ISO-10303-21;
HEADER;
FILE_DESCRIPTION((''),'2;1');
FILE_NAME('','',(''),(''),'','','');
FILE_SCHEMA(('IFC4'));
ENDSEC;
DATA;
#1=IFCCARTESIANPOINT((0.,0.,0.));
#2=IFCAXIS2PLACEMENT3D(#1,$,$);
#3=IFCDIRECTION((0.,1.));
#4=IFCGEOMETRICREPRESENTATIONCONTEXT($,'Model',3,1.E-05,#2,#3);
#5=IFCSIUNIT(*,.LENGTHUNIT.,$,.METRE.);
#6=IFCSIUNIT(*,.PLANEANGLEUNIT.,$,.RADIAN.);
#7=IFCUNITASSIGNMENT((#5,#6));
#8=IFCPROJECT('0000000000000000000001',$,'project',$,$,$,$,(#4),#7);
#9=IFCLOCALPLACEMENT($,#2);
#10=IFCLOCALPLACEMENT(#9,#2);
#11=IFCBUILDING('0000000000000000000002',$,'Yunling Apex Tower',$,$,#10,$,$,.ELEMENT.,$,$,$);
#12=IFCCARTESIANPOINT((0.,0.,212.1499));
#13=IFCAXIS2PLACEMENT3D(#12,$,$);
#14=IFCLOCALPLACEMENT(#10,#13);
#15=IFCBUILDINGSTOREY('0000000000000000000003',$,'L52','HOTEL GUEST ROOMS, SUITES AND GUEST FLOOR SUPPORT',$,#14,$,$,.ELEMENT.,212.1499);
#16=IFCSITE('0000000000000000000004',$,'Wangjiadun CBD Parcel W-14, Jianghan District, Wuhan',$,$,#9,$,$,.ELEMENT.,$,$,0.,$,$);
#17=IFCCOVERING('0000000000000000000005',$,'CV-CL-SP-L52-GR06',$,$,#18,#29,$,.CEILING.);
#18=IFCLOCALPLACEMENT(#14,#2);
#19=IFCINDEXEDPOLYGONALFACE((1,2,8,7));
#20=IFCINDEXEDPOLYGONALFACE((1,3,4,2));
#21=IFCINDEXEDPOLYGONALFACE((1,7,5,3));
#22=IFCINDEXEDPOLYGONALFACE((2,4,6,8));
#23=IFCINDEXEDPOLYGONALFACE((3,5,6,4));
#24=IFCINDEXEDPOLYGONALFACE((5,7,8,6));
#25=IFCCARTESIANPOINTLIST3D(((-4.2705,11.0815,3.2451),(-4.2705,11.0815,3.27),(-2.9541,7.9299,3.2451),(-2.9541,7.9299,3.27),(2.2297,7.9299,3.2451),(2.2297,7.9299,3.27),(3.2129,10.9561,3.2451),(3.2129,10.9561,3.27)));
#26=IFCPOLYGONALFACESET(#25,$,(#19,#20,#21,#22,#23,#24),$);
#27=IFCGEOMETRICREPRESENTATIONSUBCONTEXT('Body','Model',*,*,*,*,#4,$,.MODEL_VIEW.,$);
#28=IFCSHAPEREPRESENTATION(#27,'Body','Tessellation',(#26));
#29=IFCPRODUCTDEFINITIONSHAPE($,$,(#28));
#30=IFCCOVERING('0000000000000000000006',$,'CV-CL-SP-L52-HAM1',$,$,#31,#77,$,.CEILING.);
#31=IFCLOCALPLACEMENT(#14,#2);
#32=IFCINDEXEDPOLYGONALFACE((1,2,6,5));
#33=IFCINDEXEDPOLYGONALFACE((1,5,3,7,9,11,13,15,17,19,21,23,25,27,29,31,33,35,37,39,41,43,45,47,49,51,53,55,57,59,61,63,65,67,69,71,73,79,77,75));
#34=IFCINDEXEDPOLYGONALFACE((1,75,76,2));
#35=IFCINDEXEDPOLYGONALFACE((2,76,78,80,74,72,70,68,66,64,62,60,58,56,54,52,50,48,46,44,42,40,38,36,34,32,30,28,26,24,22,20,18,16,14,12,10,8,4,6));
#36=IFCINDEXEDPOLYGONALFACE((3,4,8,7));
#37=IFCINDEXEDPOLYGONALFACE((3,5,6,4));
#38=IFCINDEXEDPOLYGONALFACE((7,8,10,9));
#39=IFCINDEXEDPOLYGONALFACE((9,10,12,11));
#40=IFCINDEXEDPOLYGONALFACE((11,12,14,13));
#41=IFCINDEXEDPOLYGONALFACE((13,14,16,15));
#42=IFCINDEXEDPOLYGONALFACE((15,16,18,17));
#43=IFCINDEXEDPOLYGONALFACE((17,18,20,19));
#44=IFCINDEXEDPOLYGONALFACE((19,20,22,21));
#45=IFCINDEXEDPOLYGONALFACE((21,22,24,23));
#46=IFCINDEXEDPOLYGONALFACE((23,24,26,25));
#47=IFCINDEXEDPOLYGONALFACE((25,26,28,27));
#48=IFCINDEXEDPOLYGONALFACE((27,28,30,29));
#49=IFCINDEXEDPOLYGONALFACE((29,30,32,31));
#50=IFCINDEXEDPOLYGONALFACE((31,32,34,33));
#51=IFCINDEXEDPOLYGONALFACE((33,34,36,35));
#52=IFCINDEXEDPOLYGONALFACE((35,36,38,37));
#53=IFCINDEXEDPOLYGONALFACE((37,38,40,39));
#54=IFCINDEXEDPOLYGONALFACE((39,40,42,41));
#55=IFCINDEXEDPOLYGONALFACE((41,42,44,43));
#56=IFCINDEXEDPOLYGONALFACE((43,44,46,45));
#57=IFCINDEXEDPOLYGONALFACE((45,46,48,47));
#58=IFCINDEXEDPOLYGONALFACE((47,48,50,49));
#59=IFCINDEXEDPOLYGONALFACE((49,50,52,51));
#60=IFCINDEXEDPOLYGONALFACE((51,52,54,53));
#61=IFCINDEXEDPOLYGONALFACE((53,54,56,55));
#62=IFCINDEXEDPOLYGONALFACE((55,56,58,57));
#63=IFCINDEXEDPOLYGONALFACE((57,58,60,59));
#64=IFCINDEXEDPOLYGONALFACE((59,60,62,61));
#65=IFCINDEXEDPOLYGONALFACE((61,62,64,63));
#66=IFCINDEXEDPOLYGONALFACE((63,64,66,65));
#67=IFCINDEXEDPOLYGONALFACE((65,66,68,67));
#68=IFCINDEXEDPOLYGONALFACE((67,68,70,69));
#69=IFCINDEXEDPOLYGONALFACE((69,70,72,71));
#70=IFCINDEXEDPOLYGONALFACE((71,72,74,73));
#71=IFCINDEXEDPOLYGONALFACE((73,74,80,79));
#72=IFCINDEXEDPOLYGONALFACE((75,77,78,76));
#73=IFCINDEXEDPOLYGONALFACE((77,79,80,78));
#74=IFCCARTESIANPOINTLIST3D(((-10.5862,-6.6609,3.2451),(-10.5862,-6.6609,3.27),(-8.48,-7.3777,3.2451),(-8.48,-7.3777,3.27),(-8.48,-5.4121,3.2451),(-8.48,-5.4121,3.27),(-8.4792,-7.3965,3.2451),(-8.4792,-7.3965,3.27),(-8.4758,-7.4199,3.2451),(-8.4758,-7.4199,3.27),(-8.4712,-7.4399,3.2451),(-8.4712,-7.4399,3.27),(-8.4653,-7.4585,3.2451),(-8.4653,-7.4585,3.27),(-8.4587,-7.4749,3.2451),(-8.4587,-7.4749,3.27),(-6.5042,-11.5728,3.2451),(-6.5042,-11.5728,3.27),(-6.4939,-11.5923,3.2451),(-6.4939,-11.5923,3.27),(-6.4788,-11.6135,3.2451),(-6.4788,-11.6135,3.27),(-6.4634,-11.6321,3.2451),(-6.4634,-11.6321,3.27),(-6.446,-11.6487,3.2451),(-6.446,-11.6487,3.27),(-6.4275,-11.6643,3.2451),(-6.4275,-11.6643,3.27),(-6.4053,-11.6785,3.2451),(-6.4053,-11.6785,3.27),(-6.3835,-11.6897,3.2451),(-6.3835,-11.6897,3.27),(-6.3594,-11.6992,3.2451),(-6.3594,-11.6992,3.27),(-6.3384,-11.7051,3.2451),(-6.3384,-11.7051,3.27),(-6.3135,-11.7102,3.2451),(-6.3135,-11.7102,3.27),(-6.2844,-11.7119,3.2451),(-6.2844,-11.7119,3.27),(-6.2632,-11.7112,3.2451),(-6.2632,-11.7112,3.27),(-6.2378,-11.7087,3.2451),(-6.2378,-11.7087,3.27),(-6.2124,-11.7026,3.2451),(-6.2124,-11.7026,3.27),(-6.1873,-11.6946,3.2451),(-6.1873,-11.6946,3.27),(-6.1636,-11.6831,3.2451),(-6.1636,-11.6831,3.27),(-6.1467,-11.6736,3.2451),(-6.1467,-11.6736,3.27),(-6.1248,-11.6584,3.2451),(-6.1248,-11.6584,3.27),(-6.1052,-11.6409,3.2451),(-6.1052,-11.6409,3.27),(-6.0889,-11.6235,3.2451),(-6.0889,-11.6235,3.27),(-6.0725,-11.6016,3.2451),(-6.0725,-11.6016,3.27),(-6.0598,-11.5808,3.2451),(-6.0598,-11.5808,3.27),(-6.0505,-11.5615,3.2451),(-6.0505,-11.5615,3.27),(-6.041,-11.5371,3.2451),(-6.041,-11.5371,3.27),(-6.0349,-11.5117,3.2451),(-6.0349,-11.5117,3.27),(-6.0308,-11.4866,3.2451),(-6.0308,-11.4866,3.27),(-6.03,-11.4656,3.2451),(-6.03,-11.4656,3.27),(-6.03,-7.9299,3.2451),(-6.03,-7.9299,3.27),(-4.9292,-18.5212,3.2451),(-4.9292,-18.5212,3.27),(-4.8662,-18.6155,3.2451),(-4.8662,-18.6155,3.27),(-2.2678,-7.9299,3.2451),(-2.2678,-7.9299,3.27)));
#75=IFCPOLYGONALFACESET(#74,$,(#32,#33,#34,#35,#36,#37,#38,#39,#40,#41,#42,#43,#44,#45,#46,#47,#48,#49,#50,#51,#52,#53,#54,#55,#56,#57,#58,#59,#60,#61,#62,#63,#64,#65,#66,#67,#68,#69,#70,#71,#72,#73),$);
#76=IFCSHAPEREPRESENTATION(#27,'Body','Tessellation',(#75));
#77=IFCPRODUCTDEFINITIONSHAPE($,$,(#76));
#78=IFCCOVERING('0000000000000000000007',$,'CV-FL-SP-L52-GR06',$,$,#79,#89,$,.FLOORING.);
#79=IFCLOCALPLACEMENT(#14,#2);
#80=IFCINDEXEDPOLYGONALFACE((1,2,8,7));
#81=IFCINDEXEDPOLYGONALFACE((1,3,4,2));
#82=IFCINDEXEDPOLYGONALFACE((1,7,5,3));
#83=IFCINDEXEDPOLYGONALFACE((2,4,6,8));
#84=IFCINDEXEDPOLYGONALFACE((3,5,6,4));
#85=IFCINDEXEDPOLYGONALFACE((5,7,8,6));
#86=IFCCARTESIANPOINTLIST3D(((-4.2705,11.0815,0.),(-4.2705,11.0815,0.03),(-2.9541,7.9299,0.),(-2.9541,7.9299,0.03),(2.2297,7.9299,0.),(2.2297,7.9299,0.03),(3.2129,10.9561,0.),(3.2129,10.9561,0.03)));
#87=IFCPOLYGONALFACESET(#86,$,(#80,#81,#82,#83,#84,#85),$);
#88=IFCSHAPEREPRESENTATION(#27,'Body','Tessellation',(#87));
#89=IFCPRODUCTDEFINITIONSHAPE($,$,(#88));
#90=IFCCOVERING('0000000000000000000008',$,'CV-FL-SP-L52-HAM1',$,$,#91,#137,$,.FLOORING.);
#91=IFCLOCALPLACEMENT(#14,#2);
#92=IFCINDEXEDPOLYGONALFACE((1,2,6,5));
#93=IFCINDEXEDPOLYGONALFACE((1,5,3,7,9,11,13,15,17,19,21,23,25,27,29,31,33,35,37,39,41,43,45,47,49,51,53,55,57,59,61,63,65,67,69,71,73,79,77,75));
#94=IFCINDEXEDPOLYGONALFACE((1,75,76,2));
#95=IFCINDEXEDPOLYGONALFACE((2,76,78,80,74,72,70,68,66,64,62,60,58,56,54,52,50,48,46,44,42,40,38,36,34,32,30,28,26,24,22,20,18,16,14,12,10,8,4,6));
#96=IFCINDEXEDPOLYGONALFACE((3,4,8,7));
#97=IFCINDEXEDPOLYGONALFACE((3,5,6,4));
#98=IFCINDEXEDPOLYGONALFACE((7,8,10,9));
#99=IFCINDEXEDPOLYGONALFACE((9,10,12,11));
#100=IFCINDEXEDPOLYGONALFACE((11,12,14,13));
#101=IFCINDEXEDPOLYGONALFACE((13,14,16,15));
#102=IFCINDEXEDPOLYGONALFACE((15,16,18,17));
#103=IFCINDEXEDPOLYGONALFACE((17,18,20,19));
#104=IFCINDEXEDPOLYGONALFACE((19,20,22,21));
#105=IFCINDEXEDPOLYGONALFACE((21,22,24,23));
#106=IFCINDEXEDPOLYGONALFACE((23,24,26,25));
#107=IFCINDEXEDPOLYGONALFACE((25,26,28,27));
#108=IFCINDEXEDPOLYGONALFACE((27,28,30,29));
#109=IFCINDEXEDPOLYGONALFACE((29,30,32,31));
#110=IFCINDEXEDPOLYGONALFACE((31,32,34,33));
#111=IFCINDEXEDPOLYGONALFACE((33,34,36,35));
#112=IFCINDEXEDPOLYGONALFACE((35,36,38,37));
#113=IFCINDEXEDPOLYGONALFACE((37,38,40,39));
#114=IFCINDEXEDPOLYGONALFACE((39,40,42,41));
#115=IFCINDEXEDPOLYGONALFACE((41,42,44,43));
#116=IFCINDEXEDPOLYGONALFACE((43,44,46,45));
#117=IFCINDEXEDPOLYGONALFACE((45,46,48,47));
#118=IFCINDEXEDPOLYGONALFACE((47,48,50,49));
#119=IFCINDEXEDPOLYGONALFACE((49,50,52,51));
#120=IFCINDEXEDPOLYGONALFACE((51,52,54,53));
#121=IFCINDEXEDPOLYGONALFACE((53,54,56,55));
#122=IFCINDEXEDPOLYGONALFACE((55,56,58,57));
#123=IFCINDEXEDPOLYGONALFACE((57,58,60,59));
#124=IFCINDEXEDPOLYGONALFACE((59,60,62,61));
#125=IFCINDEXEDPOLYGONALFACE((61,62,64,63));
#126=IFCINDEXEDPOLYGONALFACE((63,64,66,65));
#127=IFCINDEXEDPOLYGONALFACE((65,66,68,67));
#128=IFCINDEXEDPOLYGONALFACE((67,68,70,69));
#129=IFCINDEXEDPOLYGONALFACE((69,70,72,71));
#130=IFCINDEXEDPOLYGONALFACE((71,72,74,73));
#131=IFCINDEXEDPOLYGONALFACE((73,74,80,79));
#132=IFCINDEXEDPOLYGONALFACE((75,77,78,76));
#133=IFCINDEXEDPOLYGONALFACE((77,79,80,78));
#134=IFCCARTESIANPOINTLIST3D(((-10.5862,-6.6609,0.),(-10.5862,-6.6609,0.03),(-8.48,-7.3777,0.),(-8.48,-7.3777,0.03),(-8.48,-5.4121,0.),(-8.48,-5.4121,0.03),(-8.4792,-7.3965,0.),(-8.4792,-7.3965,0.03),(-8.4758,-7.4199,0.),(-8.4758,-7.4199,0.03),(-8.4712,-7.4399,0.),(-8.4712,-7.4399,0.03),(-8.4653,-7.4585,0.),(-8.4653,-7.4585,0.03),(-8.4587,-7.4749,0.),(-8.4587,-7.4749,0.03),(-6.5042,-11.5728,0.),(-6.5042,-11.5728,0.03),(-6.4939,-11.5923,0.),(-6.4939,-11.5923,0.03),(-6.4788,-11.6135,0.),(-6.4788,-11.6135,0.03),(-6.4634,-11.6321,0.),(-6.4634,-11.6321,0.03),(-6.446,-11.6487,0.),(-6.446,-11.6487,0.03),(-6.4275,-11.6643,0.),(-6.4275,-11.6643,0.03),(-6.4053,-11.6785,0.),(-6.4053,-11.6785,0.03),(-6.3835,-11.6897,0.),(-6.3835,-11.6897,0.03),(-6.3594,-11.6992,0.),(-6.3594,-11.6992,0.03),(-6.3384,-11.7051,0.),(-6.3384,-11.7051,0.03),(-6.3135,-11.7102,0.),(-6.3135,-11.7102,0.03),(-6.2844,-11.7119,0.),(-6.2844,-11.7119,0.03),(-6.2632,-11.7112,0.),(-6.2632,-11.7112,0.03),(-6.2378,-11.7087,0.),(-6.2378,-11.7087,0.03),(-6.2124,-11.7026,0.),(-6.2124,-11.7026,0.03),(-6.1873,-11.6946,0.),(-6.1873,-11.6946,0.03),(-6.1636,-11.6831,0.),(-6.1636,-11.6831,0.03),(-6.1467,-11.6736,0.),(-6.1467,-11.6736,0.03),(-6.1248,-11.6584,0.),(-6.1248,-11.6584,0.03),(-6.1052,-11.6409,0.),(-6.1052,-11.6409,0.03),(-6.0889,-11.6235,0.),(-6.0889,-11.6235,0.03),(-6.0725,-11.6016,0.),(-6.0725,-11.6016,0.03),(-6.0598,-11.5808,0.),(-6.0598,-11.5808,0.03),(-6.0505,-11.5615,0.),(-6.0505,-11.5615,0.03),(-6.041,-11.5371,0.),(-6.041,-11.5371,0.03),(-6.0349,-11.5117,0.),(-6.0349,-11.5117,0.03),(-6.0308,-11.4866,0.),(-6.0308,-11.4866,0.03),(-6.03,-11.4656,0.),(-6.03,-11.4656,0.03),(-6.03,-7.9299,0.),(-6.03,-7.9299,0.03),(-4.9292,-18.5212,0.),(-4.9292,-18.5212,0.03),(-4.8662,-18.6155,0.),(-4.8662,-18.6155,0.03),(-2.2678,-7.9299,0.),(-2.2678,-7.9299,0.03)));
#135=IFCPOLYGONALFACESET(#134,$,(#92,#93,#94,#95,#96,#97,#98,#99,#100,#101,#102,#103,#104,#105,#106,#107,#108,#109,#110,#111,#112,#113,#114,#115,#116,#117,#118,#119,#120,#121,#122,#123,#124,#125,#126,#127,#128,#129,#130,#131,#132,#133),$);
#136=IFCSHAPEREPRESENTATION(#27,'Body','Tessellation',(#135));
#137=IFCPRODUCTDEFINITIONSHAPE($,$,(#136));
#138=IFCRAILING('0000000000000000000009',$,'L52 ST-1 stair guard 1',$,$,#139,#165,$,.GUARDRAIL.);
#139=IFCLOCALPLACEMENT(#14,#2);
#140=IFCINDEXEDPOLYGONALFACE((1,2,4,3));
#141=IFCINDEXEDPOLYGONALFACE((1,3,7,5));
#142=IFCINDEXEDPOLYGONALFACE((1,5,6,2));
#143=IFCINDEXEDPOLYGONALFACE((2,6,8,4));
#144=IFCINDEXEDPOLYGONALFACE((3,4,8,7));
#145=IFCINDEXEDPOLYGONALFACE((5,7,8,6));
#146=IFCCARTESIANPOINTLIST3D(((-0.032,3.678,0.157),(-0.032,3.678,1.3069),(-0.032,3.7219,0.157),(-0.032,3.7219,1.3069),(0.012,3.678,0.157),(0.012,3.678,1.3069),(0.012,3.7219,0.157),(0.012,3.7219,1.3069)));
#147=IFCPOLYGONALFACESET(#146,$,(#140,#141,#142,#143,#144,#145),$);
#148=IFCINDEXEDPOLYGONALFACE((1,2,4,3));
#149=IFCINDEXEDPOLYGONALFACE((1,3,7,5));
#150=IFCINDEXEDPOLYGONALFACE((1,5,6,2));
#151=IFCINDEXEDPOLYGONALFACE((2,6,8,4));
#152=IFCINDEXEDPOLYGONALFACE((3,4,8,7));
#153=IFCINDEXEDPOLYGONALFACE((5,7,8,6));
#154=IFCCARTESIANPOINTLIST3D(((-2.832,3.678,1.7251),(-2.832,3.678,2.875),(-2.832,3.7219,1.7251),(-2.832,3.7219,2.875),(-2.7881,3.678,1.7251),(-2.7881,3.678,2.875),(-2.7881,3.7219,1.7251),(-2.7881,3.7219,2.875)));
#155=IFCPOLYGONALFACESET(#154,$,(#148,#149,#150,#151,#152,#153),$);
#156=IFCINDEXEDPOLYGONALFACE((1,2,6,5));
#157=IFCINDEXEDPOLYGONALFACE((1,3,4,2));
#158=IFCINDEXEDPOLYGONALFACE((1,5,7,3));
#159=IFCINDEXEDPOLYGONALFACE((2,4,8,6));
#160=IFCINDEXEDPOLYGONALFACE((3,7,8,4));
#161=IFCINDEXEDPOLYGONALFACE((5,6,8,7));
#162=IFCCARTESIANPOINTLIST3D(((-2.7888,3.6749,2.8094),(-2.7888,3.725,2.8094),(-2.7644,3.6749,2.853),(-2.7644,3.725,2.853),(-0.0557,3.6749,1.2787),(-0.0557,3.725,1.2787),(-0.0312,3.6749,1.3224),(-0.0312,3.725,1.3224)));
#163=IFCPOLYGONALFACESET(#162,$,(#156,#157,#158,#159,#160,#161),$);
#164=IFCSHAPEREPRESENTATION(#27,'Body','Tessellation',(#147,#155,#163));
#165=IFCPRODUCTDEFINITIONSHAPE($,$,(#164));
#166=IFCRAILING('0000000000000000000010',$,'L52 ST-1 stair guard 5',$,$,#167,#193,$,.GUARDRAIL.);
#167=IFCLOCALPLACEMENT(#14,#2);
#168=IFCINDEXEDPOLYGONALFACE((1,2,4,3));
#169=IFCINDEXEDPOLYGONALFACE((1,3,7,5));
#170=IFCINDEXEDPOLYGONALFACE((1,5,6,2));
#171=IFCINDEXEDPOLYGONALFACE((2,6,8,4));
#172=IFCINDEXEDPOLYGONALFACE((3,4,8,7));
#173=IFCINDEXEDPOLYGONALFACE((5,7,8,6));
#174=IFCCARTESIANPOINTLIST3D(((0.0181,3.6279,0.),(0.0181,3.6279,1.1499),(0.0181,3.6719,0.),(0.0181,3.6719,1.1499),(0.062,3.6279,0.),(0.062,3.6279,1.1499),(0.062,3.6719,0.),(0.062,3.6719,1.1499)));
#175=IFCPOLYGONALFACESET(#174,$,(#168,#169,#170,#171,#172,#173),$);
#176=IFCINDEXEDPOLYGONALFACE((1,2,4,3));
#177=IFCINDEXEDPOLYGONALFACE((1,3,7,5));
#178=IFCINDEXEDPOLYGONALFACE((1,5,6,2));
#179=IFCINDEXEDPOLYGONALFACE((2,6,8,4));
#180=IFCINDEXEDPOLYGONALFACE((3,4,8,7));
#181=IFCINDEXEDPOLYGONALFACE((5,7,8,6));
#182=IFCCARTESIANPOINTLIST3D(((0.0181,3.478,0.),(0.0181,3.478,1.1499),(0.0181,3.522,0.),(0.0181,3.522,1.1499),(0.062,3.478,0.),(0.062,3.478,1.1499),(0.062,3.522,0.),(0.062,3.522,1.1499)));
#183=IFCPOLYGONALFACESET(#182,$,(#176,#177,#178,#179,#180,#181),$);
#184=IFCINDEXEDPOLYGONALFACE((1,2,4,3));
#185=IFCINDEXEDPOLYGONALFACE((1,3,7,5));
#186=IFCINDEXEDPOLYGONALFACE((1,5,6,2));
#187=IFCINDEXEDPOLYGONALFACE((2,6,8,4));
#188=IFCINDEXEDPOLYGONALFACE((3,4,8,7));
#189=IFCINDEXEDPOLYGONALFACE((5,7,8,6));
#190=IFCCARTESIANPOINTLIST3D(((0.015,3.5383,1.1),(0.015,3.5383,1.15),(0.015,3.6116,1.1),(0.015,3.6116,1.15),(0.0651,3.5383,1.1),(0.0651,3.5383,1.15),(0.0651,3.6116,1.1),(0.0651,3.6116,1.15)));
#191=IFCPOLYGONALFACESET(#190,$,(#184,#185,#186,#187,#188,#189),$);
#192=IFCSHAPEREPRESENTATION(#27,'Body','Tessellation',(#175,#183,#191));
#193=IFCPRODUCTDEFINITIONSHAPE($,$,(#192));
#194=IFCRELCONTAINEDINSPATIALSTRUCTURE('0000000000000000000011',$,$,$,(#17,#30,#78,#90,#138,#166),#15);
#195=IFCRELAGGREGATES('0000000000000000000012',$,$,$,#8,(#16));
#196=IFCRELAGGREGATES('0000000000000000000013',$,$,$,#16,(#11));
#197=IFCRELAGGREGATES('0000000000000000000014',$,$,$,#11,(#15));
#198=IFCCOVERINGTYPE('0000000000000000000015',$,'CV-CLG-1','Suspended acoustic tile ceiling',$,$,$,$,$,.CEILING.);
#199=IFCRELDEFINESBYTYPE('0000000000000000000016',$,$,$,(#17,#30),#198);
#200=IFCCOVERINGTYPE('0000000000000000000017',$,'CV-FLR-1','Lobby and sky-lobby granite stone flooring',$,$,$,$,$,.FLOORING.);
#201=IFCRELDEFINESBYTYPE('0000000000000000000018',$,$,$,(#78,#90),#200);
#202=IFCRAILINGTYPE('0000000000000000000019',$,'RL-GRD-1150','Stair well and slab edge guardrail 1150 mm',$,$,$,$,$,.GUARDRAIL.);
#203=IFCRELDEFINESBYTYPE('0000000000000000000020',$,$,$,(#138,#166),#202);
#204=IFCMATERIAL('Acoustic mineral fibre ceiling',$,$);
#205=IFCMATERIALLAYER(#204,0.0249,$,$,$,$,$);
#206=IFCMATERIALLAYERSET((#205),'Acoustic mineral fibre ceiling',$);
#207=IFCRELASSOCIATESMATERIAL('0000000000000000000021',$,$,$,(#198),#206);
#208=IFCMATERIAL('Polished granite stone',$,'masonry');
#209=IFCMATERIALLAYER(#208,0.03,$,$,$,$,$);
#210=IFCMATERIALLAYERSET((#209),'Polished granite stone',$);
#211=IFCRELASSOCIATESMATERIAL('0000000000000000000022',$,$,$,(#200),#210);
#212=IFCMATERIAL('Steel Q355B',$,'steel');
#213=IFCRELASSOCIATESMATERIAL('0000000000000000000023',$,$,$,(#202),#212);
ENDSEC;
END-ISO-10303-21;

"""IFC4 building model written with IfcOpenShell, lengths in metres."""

from ifc_helpers import new_model, si_unit, direction, frame, origin, origin_2d, place, context, subcontext, project, spatial, polyline, rectangle, outline, extrude, material, layer, layer_set, type_object, element, save


model = new_model("IFC4")

# Units and contexts
model_context = context("Model", 3, precision=1e-05, world=origin(), true_north=direction((0.0, 1.0)))
body_context = subcontext(model_context, "Body", "Model", "MODEL_VIEW")
ifc_project = project(units=[si_unit("LENGTHUNIT", "METRE"), si_unit("PLANEANGLEUNIT", "RADIAN")], contexts=[model_context])

# Site, building, storey
site_placement = place(None, origin())
site = spatial("IfcSite", under=ifc_project, at=site_placement, Name="Wangjiadun CBD Parcel W-14, Jianghan District, Wuhan", CompositionType="ELEMENT", RefElevation=0.0)
building_placement = place(site_placement, origin())
building = spatial("IfcBuilding", under=site, at=building_placement, Name="Yunling Apex Tower", CompositionType="ELEMENT")
storey_placement = place(building_placement, frame((0.0, 0.0, 212.1499)))
storey = spatial("IfcBuildingStorey", under=building, at=storey_placement, Name="L52", Description="HOTEL GUEST ROOMS, SUITES AND GUEST FLOOR SUPPORT", CompositionType="ELEMENT", Elevation=212.1499)

# Shared definitions
ifc_material_1 = material(Name="Steel Q355B", Category="steel")

# Coverings
ifc_material_2 = material(Name="Acoustic mineral fibre ceiling")
ifc_layer_1 = layer(ifc_material_2, 0.0249)
ifc_layer_set_1 = layer_set([ifc_layer_1], Name="Acoustic mineral fibre ceiling")
covering_type_1 = type_object("IfcCoveringType", Name="CV-CLG-1", Description="Suspended acoustic tile ceiling", PredefinedType="CEILING", material=ifc_layer_set_1)
covering_1_placement = place(storey_placement, frame((0.0, 0.0, 3.2451)))
element("IfcCovering", 1, at=covering_1_placement, inside=storey, type_object=covering_type_1, Name="CV-CL-SP-L52-GR06", PredefinedType="CEILING", context=body_context, shape_type="SweptSolid", body=[
    extrude(outline(polyline([(3.2129, 10.9561), (2.2297, 7.9299), (-2.9541, 7.9299), (-4.2705, 11.0815), (3.2129, 10.9561)])), origin(), (0.0, 0.0, 1.0), 0.0249),
])
covering_2_placement = place(storey_placement, frame((0.0, 0.0, 3.2451)))
element("IfcCovering", 2, at=covering_2_placement, inside=storey, type_object=covering_type_1, Name="CV-CL-SP-L52-HAM1", PredefinedType="CEILING", context=body_context, shape_type="SweptSolid", body=[
    extrude(outline(polyline([(-4.8662, -18.6155), (-4.9292, -18.5212), (-10.5862, -6.6609), (-8.48, -5.4121), (-8.48, -7.3777), (-8.4792, -7.3965), (-8.4758, -7.4199), (-8.4712, -7.4399), (-8.4653, -7.4585), (-8.4587, -7.4749), (-6.5042, -11.5728), (-6.4939, -11.5923), (-6.4788, -11.6135), (-6.4634, -11.6321), (-6.446, -11.6487), (-6.4275, -11.6643), (-6.4053, -11.6785), (-6.3835, -11.6897), (-6.3594, -11.6992), (-6.3384, -11.7051), (-6.3135, -11.7102), (-6.2844, -11.7119), (-6.2632, -11.7112), (-6.2378, -11.7087), (-6.2124, -11.7026), (-6.1873, -11.6946), (-6.1636, -11.6831), (-6.1467, -11.6736), (-6.1248, -11.6584), (-6.1052, -11.6409), (-6.0889, -11.6235), (-6.0725, -11.6016), (-6.0598, -11.5808), (-6.0505, -11.5615), (-6.041, -11.5371), (-6.0349, -11.5117), (-6.0308, -11.4866), (-6.03, -11.4656), (-6.03, -7.9299), (-2.2678, -7.9299), (-4.8662, -18.6155)])), origin(), (0.0, 0.0, 1.0), 0.0249),
])
ifc_material_3 = material(Name="Polished granite stone", Category="masonry")
ifc_layer_2 = layer(ifc_material_3, 0.03)
ifc_layer_set_2 = layer_set([ifc_layer_2], Name="Polished granite stone")
covering_type_2 = type_object("IfcCoveringType", Name="CV-FLR-1", Description="Lobby and sky-lobby granite stone flooring", PredefinedType="FLOORING", material=ifc_layer_set_2)
covering_3_placement = place(storey_placement, origin())
element("IfcCovering", 3, at=covering_3_placement, inside=storey, type_object=covering_type_2, Name="CV-FL-SP-L52-GR06", PredefinedType="FLOORING", context=body_context, shape_type="SweptSolid", body=[
    extrude(outline(polyline([(3.2129, 10.9561), (2.2297, 7.9299), (-2.9541, 7.9299), (-4.2705, 11.0815), (3.2129, 10.9561)])), origin(), (0.0, 0.0, 1.0), 0.03),
])
covering_4_placement = place(storey_placement, origin())
element("IfcCovering", 4, at=covering_4_placement, inside=storey, type_object=covering_type_2, Name="CV-FL-SP-L52-HAM1", PredefinedType="FLOORING", context=body_context, shape_type="SweptSolid", body=[
    extrude(outline(polyline([(-4.8662, -18.6155), (-4.9292, -18.5212), (-10.5862, -6.6609), (-8.48, -5.4121), (-8.48, -7.3777), (-8.4792, -7.3965), (-8.4758, -7.4199), (-8.4712, -7.4399), (-8.4653, -7.4585), (-8.4587, -7.4749), (-6.5042, -11.5728), (-6.4939, -11.5923), (-6.4788, -11.6135), (-6.4634, -11.6321), (-6.446, -11.6487), (-6.4275, -11.6643), (-6.4053, -11.6785), (-6.3835, -11.6897), (-6.3594, -11.6992), (-6.3384, -11.7051), (-6.3135, -11.7102), (-6.2844, -11.7119), (-6.2632, -11.7112), (-6.2378, -11.7087), (-6.2124, -11.7026), (-6.1873, -11.6946), (-6.1636, -11.6831), (-6.1467, -11.6736), (-6.1248, -11.6584), (-6.1052, -11.6409), (-6.0889, -11.6235), (-6.0725, -11.6016), (-6.0598, -11.5808), (-6.0505, -11.5615), (-6.041, -11.5371), (-6.0349, -11.5117), (-6.0308, -11.4866), (-6.03, -11.4656), (-6.03, -7.9299), (-2.2678, -7.9299), (-4.8662, -18.6155)])), origin(), (0.0, 0.0, 1.0), 0.03),
])

# Railings
railing_type_1 = type_object("IfcRailingType", Name="RL-GRD-1150", Description="Stair well and slab edge guardrail 1150 mm", PredefinedType="GUARDRAIL", material=ifc_material_1)
railing_1_placement = place(storey_placement, frame((-0.01, 3.7, 0.157)))
element("IfcRailing", 5, at=railing_1_placement, inside=storey, type_object=railing_type_1, Name="L52 ST-1 stair guard 1", PredefinedType="GUARDRAIL", context=body_context, shape_type="SweptSolid", body=[
    extrude(rectangle(XDim=0.0439, YDim=0.0439, at=origin_2d()), origin(), (0.0, 0.0, 1.0), 1.1499),
    extrude(rectangle(XDim=0.0439, YDim=0.0439, at=origin_2d()), frame((-2.8, 0.0, 1.5681)), (0.0, 0.0, 1.0), 1.1499),
    extrude(rectangle(XDim=0.05, YDim=0.05, at=origin_2d()), frame((-0.0334, 0.0, 1.1436), z_axis=(-0.872494, 0.0, 0.488624), x_axis=(0.0, -1.0, 0.0)), (0.0, 0.0, 1.0), 3.1326),
])
railing_2_placement = place(storey_placement, frame((0.04, 3.6499, 0.0)))
element("IfcRailing", 6, at=railing_2_placement, inside=storey, type_object=railing_type_1, Name="L52 ST-1 stair guard 5", PredefinedType="GUARDRAIL", context=body_context, shape_type="SweptSolid", body=[
    extrude(rectangle(XDim=0.0439, YDim=0.0439, at=origin_2d()), origin(), (0.0, 0.0, 1.0), 1.1499),
    extrude(rectangle(XDim=0.0439, YDim=0.0439, at=origin_2d()), frame((0.0, -0.1499, 0.0)), (0.0, 0.0, 1.0), 1.1499),
    extrude(rectangle(XDim=0.05, YDim=0.05, at=origin_2d()), frame((0.0, -0.0383, 1.125), z_axis=(0.0, -1.0, 0.0), x_axis=(1.0, 0.0, 0.0)), (0.0, 0.0, 1.0), 0.0732),
])

save(model, "model.ifc")
